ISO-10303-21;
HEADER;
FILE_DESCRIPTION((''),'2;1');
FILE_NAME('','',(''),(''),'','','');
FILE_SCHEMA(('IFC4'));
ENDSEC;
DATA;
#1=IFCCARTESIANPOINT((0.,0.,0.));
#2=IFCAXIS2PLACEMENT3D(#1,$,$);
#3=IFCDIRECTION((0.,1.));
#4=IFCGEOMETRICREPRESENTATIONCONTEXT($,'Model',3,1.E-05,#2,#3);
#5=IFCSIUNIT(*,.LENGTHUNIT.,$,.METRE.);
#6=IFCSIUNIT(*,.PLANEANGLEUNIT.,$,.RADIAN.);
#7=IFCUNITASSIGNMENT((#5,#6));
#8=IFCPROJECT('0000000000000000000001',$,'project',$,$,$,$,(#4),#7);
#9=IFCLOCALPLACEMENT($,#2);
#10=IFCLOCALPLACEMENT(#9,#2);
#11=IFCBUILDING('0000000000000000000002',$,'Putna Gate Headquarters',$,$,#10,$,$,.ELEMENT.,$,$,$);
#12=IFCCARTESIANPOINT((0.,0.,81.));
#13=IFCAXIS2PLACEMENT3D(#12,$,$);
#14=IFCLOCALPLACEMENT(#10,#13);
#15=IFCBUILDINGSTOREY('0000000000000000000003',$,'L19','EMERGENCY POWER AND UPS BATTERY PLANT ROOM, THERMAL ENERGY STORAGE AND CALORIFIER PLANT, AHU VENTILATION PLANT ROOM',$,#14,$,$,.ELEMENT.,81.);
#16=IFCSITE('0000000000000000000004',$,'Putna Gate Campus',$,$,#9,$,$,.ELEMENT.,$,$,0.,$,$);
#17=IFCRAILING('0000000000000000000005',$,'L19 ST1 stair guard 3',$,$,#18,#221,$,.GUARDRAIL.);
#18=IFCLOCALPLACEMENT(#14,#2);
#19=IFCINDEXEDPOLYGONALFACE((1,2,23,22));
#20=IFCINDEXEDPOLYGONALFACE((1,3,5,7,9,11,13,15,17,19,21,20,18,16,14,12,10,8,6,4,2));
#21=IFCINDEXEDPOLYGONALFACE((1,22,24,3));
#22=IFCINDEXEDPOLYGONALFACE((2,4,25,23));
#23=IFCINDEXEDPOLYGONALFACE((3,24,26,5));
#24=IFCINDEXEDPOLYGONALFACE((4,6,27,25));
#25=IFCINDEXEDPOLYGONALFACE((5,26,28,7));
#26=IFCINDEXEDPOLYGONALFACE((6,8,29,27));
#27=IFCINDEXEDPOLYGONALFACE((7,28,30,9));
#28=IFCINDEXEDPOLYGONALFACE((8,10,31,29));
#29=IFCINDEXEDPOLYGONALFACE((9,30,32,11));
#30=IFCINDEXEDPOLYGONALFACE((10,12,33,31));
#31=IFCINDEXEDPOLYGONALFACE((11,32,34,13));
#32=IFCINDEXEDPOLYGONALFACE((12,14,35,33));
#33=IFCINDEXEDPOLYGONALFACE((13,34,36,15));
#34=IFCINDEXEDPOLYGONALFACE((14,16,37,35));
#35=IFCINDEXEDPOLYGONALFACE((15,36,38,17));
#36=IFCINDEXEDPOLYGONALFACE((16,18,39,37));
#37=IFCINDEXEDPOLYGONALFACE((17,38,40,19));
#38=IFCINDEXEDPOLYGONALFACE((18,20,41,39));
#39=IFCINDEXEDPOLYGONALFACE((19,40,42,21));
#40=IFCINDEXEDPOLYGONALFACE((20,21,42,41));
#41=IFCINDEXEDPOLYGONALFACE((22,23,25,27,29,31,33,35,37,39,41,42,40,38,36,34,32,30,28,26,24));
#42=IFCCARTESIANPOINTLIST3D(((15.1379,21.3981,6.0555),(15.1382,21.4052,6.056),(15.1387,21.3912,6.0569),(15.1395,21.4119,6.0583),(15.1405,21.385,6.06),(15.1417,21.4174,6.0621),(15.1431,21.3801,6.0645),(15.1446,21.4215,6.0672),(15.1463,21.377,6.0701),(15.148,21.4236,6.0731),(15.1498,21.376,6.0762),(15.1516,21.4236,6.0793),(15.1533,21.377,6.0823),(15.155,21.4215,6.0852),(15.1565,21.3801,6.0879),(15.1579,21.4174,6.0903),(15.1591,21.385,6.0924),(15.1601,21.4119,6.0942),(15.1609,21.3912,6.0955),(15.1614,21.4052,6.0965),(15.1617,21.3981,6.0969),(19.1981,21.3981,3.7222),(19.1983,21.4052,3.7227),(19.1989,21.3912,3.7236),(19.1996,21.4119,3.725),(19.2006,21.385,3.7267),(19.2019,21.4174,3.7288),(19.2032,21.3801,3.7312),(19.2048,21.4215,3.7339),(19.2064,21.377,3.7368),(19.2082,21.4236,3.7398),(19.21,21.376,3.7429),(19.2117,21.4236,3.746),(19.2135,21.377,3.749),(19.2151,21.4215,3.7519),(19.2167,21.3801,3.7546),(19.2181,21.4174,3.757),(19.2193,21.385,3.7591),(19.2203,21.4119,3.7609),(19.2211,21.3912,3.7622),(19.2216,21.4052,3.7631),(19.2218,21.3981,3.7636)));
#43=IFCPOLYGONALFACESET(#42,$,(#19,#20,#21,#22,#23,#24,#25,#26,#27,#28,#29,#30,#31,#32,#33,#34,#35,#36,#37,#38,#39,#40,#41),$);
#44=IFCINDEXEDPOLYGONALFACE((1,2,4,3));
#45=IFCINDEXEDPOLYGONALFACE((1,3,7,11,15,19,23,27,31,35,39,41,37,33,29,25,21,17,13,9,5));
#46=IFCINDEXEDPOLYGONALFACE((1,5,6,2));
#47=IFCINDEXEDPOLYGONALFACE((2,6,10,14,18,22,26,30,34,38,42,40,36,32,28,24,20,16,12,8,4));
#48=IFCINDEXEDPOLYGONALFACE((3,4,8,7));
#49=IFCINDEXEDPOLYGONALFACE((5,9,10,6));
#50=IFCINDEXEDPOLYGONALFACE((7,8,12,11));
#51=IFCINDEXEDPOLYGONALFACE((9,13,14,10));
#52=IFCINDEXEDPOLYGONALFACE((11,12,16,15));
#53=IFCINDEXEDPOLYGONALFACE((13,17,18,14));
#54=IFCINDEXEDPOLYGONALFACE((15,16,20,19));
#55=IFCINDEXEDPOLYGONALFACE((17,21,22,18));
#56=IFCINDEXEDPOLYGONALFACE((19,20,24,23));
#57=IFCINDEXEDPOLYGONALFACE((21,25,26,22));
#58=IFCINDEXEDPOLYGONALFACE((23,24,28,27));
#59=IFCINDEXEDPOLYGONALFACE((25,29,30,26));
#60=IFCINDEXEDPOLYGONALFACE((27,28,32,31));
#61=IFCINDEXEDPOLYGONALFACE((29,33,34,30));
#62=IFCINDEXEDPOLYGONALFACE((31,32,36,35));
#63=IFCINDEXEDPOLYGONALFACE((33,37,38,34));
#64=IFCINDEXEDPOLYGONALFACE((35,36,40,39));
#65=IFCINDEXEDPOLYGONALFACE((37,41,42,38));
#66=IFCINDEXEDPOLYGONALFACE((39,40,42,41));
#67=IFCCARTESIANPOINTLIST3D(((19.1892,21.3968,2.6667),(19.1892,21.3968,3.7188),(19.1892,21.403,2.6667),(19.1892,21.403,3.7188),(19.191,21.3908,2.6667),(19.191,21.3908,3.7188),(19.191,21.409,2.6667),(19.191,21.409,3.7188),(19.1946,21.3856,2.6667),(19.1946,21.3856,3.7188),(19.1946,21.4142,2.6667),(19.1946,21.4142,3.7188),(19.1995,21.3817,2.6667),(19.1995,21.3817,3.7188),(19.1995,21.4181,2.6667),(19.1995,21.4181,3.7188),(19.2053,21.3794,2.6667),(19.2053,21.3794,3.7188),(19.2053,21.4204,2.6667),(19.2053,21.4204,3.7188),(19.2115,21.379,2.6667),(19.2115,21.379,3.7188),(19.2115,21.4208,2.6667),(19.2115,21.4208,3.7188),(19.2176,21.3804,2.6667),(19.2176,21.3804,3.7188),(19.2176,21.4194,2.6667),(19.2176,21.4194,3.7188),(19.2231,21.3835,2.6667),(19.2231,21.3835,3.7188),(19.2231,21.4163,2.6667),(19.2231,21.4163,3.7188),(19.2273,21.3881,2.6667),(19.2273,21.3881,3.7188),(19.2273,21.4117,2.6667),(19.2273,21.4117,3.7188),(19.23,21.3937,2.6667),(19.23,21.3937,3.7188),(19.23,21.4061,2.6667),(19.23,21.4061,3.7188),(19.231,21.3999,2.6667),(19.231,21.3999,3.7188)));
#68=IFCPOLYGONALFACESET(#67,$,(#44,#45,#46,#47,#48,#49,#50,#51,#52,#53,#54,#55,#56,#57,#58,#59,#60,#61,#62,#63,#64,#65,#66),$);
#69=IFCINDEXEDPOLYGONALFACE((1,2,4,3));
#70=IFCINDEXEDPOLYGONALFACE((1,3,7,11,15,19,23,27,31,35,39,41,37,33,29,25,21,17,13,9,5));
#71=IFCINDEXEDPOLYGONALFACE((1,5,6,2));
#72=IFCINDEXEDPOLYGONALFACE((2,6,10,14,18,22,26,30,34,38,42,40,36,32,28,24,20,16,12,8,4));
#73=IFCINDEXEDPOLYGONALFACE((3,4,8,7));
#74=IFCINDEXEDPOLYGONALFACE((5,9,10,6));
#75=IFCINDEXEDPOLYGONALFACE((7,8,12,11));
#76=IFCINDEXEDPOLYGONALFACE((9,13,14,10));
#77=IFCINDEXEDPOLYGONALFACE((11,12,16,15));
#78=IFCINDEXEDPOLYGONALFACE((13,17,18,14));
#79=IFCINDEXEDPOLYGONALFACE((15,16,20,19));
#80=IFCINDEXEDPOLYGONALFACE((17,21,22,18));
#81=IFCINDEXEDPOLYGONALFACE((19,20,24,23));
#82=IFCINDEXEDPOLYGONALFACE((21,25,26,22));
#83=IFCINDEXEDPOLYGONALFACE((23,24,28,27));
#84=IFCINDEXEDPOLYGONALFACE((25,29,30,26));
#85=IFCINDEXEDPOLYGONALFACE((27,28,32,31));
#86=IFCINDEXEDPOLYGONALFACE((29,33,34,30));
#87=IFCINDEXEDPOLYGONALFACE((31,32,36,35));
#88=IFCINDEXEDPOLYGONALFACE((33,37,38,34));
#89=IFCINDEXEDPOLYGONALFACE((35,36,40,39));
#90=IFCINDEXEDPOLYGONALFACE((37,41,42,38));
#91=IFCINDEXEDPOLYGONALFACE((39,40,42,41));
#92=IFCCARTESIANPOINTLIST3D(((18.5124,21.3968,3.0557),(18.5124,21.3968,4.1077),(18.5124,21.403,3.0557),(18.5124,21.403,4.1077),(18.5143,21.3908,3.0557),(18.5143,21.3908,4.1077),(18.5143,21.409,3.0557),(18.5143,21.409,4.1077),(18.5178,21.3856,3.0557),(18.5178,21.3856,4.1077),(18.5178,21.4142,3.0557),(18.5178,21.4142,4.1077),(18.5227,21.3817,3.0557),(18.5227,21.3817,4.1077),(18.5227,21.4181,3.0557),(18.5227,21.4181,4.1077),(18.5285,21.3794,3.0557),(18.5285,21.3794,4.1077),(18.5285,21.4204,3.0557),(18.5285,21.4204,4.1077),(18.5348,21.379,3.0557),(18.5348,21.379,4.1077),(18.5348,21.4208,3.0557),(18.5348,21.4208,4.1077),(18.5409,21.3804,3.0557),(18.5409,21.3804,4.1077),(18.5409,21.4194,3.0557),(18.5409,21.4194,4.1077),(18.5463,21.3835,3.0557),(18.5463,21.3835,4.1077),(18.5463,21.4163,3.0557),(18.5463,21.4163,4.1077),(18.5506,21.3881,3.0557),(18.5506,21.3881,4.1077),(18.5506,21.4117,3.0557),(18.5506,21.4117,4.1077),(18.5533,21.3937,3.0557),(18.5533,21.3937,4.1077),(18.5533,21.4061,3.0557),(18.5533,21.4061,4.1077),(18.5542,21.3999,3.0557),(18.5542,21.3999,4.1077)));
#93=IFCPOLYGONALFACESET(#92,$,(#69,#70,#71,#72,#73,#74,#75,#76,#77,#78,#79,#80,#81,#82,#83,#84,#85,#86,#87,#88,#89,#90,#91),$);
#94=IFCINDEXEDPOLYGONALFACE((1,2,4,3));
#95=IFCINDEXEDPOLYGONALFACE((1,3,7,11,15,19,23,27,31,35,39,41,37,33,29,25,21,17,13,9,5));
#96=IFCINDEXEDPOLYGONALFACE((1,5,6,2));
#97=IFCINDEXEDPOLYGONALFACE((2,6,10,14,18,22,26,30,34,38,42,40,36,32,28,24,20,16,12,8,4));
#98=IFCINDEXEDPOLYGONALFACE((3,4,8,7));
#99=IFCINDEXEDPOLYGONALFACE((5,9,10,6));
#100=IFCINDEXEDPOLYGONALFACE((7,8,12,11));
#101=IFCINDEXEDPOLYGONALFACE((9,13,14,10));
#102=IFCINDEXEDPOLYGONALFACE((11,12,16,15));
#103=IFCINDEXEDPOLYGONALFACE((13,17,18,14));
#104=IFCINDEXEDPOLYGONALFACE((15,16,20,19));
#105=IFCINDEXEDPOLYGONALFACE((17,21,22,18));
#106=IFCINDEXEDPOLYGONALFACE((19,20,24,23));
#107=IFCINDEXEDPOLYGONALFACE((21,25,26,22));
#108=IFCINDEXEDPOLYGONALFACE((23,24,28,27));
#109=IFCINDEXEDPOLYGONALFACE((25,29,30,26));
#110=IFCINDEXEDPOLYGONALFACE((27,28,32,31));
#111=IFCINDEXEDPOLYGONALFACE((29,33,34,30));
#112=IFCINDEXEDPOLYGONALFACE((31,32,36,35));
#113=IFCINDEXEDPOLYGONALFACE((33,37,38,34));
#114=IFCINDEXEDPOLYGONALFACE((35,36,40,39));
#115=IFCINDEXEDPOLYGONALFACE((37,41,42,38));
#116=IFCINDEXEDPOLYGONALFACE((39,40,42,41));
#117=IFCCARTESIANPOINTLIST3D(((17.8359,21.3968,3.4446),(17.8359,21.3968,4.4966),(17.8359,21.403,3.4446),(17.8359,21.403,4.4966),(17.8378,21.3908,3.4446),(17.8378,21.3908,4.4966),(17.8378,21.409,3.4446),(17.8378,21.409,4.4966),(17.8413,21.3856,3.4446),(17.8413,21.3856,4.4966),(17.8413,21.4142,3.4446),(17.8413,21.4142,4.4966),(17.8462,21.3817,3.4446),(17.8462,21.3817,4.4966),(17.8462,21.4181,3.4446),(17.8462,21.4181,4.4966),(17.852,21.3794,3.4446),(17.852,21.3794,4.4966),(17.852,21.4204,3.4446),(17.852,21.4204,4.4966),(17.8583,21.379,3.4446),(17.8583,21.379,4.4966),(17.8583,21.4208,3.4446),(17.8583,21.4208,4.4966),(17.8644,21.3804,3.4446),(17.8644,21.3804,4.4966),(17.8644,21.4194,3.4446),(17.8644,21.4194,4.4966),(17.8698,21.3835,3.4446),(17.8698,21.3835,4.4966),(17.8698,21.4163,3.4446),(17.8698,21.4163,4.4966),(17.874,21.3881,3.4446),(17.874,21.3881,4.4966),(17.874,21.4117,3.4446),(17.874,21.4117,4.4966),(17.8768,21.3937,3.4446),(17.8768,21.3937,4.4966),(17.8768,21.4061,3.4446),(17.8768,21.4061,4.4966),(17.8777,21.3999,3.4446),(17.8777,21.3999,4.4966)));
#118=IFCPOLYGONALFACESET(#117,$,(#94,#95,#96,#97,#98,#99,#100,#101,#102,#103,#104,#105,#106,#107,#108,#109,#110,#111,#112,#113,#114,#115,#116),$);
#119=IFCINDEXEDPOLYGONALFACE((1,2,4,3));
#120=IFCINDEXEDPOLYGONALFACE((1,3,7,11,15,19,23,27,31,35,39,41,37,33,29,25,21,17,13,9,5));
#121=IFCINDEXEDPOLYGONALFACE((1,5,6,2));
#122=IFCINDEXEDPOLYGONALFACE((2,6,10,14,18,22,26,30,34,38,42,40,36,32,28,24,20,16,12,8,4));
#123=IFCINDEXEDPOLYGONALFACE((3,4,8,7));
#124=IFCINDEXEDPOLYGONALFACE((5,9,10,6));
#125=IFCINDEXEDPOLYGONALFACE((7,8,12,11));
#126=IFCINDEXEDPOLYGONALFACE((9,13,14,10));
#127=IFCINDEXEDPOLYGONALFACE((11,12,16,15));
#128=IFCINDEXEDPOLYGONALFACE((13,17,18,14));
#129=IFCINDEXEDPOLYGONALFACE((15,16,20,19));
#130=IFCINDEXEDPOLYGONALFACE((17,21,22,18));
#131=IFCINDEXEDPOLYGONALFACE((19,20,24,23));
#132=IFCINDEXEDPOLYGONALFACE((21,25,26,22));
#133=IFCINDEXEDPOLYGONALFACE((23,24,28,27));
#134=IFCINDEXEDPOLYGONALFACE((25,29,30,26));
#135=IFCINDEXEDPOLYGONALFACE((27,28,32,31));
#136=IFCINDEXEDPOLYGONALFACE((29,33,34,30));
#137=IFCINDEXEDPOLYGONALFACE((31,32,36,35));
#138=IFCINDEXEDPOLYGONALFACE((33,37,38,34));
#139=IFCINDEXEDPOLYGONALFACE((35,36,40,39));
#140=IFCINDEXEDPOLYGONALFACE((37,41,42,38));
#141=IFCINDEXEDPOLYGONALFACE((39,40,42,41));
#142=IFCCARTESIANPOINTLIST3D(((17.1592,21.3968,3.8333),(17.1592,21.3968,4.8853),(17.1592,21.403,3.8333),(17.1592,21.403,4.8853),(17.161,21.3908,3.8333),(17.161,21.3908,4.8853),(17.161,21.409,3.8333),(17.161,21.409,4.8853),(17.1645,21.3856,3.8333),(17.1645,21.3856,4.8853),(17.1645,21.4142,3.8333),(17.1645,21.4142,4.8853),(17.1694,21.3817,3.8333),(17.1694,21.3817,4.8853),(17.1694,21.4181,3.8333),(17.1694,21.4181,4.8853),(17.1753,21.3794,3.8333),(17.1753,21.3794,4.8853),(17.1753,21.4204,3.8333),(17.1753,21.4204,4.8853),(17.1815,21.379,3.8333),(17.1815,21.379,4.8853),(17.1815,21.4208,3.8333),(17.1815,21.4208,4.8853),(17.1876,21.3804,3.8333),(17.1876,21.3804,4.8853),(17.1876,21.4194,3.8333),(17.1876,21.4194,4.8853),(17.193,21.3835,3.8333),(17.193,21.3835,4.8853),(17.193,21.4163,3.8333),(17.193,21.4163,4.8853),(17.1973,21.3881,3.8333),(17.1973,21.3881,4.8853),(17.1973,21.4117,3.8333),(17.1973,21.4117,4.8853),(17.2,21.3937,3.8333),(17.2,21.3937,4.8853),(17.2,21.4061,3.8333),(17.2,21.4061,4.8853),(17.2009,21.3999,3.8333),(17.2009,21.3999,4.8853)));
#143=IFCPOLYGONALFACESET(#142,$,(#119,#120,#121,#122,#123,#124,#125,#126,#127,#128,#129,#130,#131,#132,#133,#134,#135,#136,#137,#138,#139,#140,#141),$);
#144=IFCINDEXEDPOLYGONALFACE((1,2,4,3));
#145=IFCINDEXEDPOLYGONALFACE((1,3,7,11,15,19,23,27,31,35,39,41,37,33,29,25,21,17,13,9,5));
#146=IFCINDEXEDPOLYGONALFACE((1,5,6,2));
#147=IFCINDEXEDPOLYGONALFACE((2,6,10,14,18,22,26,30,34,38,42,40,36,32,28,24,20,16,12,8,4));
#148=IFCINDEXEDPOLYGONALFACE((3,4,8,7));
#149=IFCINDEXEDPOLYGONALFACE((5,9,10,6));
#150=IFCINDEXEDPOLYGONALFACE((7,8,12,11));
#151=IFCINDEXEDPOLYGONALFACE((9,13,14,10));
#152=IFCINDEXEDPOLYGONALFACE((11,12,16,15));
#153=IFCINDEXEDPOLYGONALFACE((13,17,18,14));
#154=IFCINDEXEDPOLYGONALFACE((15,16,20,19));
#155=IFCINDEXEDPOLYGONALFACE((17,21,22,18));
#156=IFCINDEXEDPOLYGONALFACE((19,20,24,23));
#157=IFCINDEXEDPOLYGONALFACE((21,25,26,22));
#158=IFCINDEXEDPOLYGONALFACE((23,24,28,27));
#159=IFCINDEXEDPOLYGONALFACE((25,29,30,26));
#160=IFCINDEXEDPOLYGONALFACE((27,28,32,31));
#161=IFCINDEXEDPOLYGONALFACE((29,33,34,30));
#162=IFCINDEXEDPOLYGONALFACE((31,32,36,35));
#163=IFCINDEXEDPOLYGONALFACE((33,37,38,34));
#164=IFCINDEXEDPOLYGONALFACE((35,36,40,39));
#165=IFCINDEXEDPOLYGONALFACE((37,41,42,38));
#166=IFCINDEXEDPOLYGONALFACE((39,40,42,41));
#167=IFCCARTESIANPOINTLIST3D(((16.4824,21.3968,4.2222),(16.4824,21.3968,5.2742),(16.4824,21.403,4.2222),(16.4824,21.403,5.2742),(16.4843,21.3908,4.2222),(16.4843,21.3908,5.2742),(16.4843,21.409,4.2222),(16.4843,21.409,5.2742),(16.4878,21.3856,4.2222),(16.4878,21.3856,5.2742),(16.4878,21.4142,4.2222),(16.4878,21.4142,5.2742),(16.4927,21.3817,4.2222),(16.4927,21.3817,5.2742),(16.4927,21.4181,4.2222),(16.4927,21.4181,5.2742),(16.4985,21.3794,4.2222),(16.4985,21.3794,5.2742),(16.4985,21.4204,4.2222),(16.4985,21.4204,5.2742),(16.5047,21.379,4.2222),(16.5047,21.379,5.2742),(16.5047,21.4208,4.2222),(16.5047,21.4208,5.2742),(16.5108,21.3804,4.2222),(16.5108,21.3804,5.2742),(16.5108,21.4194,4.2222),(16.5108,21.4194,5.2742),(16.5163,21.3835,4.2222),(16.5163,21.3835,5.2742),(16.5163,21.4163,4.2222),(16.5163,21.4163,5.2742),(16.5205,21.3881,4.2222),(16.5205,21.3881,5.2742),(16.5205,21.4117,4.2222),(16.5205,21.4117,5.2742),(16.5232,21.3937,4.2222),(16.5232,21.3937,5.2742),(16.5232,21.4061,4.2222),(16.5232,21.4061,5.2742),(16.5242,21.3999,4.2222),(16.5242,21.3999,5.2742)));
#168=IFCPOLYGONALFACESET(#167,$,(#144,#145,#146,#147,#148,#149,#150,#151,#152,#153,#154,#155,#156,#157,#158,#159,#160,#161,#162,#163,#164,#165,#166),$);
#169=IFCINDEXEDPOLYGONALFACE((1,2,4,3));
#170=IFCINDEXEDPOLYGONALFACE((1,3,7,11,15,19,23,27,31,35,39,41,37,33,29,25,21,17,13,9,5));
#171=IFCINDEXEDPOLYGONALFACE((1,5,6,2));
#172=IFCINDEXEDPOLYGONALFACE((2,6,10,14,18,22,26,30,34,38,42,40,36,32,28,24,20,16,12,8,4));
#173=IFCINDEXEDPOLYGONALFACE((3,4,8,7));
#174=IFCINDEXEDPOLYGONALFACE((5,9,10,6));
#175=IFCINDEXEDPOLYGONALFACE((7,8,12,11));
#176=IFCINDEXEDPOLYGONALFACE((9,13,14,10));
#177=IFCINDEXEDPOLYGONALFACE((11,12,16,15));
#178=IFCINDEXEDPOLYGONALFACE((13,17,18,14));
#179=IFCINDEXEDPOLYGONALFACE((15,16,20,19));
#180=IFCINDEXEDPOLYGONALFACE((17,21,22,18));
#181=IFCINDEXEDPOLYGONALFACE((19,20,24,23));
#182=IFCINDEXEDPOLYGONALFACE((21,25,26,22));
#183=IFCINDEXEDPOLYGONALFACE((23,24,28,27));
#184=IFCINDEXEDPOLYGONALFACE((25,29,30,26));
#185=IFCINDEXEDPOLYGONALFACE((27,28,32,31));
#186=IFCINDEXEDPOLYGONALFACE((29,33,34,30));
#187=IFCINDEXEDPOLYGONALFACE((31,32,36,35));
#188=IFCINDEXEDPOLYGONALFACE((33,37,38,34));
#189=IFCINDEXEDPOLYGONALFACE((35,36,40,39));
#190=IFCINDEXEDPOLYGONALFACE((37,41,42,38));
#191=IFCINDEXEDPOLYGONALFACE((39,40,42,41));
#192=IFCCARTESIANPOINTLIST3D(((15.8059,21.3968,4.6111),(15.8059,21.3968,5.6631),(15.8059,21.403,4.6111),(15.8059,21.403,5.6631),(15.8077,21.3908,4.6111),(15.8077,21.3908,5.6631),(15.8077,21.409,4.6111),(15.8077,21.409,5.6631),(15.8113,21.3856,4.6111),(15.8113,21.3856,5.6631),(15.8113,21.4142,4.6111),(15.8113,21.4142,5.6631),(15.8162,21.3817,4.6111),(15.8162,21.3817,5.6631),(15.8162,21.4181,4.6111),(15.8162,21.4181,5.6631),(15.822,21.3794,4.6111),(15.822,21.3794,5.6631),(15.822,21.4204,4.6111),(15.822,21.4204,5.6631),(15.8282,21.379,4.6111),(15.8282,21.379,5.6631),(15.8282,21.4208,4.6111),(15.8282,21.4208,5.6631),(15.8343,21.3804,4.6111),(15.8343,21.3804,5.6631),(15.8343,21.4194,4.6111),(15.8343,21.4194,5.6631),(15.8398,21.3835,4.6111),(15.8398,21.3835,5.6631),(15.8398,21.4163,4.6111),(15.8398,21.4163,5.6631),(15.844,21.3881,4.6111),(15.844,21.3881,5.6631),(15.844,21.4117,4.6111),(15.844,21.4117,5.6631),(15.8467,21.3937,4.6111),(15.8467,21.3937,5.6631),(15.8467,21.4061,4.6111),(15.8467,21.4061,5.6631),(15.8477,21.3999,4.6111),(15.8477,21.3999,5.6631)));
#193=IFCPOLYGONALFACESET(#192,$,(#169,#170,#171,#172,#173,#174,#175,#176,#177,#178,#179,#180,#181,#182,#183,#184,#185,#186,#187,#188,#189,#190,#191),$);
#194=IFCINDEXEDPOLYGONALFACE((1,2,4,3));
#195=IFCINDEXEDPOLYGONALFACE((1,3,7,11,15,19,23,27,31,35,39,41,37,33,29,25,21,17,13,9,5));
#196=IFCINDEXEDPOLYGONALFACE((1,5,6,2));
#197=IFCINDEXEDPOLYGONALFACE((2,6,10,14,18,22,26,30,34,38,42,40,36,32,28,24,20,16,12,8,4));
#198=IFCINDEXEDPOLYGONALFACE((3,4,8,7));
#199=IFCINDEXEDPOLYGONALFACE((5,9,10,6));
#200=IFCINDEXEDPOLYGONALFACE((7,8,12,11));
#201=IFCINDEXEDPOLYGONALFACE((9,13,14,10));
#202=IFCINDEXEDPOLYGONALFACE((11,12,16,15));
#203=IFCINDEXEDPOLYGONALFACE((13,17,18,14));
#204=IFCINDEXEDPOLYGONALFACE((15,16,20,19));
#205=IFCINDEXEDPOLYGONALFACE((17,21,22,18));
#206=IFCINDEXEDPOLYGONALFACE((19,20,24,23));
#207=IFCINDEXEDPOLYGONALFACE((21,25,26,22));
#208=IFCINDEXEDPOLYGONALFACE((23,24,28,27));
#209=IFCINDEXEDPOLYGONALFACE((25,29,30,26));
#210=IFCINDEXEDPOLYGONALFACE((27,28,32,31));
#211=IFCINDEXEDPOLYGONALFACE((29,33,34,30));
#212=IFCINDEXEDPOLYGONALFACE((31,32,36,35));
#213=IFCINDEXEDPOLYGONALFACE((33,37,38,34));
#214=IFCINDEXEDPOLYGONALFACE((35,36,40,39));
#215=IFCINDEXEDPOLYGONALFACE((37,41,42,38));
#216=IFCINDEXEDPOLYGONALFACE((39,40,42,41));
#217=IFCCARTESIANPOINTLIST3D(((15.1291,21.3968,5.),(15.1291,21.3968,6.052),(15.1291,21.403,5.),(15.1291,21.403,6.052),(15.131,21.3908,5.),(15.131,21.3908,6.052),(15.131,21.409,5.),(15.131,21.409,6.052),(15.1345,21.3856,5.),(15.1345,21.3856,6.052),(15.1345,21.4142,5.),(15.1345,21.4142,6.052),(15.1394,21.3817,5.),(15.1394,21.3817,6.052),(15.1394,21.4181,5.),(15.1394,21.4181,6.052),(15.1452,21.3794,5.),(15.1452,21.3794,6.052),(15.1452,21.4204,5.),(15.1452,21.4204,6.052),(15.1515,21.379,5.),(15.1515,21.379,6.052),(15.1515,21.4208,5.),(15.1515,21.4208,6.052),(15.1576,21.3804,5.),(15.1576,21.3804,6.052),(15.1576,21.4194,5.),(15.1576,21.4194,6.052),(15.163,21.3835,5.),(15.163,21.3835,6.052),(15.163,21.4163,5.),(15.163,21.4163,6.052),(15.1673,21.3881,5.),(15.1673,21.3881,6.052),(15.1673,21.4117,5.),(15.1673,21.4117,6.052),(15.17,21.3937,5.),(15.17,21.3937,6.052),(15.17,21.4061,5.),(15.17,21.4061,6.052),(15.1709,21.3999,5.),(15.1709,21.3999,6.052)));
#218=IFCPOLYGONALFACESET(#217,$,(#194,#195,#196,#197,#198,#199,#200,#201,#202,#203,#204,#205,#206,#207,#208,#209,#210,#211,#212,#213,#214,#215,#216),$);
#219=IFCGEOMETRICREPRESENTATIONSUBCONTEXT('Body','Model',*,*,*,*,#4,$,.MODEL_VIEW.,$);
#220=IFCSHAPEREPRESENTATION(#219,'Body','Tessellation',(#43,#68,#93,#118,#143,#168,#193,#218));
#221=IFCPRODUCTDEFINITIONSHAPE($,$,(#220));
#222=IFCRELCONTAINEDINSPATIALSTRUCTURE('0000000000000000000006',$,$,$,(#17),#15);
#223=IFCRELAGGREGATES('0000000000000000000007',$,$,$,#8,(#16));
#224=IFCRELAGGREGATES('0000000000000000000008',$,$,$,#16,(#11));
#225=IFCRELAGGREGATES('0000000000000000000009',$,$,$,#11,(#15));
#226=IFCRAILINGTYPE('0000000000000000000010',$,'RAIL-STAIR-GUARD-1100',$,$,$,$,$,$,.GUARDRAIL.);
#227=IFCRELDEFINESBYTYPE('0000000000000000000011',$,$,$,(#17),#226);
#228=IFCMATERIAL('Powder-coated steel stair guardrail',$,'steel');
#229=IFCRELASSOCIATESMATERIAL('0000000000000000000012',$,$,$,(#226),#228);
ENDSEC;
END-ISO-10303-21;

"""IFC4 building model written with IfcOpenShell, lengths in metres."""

from ifc_helpers import new_model, si_unit, direction, frame, origin, origin_2d, place, context, subcontext, project, spatial, circle, extrude, material, type_object, element, save


model = new_model("IFC4")

# Units and contexts
model_context = context("Model", 3, precision=1e-05, world=origin(), true_north=direction((0.0, 1.0)))
body_context = subcontext(model_context, "Body", "Model", "MODEL_VIEW")
ifc_project = project(units=[si_unit("LENGTHUNIT", "METRE"), si_unit("PLANEANGLEUNIT", "RADIAN")], contexts=[model_context])

# Site, building, storey
site_placement = place(None, origin())
site = spatial("IfcSite", under=ifc_project, at=site_placement, Name="Putna Gate Campus", CompositionType="ELEMENT", RefElevation=0.0)
building_placement = place(site_placement, origin())
building = spatial("IfcBuilding", under=site, at=building_placement, Name="Putna Gate Headquarters", CompositionType="ELEMENT")
storey_placement = place(building_placement, frame((0.0, 0.0, 81.0)))
storey = spatial("IfcBuildingStorey", under=building, at=storey_placement, Name="L19", Description="EMERGENCY POWER AND UPS BATTERY PLANT ROOM, THERMAL ENERGY STORAGE AND CALORIFIER PLANT, AHU VENTILATION PLANT ROOM", CompositionType="ELEMENT", Elevation=81.0)

# Railing
ifc_material_1 = material(Name="Powder-coated steel stair guardrail", Category="steel")
railing_type_1 = type_object("IfcRailingType", Name="RAIL-STAIR-GUARD-1100", PredefinedType="GUARDRAIL", material=ifc_material_1)
railing_1_placement = place(storey_placement, frame((19.21, 21.3999, 2.6667)))
element("IfcRailing", 1, at=railing_1_placement, inside=storey, type_object=railing_type_1, Name="L19 ST1 stair guard 3", PredefinedType="GUARDRAIL", context=body_context, shape_type="SweptSolid", body=[
    extrude(circle(Radius=0.0239, at=origin_2d()), frame((0.0, 0.0, 1.0762), z_axis=(-0.867025, 0.0, 0.498265), x_axis=(0.0, -1.0, 0.0)), (0.0, 0.0, 1.0), 4.6829),
    extrude(circle(Radius=0.021, at=origin_2d()), origin(), (0.0, 0.0, 1.0), 1.052),
    extrude(circle(Radius=0.021, at=origin_2d()), frame((-0.6768, 0.0, 0.3889)), (0.0, 0.0, 1.0), 1.052),
    extrude(circle(Radius=0.021, at=origin_2d()), frame((-1.3533, 0.0, 0.7778)), (0.0, 0.0, 1.0), 1.052),
    extrude(circle(Radius=0.021, at=origin_2d()), frame((-2.03, 0.0, 1.1665)), (0.0, 0.0, 1.0), 1.052),
    extrude(circle(Radius=0.021, at=origin_2d()), frame((-2.7068, 0.0, 1.5554)), (0.0, 0.0, 1.0), 1.052),
    extrude(circle(Radius=0.021, at=origin_2d()), frame((-3.3833, 0.0, 1.9443)), (0.0, 0.0, 1.0), 1.052),
    extrude(circle(Radius=0.021, at=origin_2d()), frame((-4.0601, 0.0, 2.3333)), (0.0, 0.0, 1.0), 1.052),
])

save(model, "model.ifc")
